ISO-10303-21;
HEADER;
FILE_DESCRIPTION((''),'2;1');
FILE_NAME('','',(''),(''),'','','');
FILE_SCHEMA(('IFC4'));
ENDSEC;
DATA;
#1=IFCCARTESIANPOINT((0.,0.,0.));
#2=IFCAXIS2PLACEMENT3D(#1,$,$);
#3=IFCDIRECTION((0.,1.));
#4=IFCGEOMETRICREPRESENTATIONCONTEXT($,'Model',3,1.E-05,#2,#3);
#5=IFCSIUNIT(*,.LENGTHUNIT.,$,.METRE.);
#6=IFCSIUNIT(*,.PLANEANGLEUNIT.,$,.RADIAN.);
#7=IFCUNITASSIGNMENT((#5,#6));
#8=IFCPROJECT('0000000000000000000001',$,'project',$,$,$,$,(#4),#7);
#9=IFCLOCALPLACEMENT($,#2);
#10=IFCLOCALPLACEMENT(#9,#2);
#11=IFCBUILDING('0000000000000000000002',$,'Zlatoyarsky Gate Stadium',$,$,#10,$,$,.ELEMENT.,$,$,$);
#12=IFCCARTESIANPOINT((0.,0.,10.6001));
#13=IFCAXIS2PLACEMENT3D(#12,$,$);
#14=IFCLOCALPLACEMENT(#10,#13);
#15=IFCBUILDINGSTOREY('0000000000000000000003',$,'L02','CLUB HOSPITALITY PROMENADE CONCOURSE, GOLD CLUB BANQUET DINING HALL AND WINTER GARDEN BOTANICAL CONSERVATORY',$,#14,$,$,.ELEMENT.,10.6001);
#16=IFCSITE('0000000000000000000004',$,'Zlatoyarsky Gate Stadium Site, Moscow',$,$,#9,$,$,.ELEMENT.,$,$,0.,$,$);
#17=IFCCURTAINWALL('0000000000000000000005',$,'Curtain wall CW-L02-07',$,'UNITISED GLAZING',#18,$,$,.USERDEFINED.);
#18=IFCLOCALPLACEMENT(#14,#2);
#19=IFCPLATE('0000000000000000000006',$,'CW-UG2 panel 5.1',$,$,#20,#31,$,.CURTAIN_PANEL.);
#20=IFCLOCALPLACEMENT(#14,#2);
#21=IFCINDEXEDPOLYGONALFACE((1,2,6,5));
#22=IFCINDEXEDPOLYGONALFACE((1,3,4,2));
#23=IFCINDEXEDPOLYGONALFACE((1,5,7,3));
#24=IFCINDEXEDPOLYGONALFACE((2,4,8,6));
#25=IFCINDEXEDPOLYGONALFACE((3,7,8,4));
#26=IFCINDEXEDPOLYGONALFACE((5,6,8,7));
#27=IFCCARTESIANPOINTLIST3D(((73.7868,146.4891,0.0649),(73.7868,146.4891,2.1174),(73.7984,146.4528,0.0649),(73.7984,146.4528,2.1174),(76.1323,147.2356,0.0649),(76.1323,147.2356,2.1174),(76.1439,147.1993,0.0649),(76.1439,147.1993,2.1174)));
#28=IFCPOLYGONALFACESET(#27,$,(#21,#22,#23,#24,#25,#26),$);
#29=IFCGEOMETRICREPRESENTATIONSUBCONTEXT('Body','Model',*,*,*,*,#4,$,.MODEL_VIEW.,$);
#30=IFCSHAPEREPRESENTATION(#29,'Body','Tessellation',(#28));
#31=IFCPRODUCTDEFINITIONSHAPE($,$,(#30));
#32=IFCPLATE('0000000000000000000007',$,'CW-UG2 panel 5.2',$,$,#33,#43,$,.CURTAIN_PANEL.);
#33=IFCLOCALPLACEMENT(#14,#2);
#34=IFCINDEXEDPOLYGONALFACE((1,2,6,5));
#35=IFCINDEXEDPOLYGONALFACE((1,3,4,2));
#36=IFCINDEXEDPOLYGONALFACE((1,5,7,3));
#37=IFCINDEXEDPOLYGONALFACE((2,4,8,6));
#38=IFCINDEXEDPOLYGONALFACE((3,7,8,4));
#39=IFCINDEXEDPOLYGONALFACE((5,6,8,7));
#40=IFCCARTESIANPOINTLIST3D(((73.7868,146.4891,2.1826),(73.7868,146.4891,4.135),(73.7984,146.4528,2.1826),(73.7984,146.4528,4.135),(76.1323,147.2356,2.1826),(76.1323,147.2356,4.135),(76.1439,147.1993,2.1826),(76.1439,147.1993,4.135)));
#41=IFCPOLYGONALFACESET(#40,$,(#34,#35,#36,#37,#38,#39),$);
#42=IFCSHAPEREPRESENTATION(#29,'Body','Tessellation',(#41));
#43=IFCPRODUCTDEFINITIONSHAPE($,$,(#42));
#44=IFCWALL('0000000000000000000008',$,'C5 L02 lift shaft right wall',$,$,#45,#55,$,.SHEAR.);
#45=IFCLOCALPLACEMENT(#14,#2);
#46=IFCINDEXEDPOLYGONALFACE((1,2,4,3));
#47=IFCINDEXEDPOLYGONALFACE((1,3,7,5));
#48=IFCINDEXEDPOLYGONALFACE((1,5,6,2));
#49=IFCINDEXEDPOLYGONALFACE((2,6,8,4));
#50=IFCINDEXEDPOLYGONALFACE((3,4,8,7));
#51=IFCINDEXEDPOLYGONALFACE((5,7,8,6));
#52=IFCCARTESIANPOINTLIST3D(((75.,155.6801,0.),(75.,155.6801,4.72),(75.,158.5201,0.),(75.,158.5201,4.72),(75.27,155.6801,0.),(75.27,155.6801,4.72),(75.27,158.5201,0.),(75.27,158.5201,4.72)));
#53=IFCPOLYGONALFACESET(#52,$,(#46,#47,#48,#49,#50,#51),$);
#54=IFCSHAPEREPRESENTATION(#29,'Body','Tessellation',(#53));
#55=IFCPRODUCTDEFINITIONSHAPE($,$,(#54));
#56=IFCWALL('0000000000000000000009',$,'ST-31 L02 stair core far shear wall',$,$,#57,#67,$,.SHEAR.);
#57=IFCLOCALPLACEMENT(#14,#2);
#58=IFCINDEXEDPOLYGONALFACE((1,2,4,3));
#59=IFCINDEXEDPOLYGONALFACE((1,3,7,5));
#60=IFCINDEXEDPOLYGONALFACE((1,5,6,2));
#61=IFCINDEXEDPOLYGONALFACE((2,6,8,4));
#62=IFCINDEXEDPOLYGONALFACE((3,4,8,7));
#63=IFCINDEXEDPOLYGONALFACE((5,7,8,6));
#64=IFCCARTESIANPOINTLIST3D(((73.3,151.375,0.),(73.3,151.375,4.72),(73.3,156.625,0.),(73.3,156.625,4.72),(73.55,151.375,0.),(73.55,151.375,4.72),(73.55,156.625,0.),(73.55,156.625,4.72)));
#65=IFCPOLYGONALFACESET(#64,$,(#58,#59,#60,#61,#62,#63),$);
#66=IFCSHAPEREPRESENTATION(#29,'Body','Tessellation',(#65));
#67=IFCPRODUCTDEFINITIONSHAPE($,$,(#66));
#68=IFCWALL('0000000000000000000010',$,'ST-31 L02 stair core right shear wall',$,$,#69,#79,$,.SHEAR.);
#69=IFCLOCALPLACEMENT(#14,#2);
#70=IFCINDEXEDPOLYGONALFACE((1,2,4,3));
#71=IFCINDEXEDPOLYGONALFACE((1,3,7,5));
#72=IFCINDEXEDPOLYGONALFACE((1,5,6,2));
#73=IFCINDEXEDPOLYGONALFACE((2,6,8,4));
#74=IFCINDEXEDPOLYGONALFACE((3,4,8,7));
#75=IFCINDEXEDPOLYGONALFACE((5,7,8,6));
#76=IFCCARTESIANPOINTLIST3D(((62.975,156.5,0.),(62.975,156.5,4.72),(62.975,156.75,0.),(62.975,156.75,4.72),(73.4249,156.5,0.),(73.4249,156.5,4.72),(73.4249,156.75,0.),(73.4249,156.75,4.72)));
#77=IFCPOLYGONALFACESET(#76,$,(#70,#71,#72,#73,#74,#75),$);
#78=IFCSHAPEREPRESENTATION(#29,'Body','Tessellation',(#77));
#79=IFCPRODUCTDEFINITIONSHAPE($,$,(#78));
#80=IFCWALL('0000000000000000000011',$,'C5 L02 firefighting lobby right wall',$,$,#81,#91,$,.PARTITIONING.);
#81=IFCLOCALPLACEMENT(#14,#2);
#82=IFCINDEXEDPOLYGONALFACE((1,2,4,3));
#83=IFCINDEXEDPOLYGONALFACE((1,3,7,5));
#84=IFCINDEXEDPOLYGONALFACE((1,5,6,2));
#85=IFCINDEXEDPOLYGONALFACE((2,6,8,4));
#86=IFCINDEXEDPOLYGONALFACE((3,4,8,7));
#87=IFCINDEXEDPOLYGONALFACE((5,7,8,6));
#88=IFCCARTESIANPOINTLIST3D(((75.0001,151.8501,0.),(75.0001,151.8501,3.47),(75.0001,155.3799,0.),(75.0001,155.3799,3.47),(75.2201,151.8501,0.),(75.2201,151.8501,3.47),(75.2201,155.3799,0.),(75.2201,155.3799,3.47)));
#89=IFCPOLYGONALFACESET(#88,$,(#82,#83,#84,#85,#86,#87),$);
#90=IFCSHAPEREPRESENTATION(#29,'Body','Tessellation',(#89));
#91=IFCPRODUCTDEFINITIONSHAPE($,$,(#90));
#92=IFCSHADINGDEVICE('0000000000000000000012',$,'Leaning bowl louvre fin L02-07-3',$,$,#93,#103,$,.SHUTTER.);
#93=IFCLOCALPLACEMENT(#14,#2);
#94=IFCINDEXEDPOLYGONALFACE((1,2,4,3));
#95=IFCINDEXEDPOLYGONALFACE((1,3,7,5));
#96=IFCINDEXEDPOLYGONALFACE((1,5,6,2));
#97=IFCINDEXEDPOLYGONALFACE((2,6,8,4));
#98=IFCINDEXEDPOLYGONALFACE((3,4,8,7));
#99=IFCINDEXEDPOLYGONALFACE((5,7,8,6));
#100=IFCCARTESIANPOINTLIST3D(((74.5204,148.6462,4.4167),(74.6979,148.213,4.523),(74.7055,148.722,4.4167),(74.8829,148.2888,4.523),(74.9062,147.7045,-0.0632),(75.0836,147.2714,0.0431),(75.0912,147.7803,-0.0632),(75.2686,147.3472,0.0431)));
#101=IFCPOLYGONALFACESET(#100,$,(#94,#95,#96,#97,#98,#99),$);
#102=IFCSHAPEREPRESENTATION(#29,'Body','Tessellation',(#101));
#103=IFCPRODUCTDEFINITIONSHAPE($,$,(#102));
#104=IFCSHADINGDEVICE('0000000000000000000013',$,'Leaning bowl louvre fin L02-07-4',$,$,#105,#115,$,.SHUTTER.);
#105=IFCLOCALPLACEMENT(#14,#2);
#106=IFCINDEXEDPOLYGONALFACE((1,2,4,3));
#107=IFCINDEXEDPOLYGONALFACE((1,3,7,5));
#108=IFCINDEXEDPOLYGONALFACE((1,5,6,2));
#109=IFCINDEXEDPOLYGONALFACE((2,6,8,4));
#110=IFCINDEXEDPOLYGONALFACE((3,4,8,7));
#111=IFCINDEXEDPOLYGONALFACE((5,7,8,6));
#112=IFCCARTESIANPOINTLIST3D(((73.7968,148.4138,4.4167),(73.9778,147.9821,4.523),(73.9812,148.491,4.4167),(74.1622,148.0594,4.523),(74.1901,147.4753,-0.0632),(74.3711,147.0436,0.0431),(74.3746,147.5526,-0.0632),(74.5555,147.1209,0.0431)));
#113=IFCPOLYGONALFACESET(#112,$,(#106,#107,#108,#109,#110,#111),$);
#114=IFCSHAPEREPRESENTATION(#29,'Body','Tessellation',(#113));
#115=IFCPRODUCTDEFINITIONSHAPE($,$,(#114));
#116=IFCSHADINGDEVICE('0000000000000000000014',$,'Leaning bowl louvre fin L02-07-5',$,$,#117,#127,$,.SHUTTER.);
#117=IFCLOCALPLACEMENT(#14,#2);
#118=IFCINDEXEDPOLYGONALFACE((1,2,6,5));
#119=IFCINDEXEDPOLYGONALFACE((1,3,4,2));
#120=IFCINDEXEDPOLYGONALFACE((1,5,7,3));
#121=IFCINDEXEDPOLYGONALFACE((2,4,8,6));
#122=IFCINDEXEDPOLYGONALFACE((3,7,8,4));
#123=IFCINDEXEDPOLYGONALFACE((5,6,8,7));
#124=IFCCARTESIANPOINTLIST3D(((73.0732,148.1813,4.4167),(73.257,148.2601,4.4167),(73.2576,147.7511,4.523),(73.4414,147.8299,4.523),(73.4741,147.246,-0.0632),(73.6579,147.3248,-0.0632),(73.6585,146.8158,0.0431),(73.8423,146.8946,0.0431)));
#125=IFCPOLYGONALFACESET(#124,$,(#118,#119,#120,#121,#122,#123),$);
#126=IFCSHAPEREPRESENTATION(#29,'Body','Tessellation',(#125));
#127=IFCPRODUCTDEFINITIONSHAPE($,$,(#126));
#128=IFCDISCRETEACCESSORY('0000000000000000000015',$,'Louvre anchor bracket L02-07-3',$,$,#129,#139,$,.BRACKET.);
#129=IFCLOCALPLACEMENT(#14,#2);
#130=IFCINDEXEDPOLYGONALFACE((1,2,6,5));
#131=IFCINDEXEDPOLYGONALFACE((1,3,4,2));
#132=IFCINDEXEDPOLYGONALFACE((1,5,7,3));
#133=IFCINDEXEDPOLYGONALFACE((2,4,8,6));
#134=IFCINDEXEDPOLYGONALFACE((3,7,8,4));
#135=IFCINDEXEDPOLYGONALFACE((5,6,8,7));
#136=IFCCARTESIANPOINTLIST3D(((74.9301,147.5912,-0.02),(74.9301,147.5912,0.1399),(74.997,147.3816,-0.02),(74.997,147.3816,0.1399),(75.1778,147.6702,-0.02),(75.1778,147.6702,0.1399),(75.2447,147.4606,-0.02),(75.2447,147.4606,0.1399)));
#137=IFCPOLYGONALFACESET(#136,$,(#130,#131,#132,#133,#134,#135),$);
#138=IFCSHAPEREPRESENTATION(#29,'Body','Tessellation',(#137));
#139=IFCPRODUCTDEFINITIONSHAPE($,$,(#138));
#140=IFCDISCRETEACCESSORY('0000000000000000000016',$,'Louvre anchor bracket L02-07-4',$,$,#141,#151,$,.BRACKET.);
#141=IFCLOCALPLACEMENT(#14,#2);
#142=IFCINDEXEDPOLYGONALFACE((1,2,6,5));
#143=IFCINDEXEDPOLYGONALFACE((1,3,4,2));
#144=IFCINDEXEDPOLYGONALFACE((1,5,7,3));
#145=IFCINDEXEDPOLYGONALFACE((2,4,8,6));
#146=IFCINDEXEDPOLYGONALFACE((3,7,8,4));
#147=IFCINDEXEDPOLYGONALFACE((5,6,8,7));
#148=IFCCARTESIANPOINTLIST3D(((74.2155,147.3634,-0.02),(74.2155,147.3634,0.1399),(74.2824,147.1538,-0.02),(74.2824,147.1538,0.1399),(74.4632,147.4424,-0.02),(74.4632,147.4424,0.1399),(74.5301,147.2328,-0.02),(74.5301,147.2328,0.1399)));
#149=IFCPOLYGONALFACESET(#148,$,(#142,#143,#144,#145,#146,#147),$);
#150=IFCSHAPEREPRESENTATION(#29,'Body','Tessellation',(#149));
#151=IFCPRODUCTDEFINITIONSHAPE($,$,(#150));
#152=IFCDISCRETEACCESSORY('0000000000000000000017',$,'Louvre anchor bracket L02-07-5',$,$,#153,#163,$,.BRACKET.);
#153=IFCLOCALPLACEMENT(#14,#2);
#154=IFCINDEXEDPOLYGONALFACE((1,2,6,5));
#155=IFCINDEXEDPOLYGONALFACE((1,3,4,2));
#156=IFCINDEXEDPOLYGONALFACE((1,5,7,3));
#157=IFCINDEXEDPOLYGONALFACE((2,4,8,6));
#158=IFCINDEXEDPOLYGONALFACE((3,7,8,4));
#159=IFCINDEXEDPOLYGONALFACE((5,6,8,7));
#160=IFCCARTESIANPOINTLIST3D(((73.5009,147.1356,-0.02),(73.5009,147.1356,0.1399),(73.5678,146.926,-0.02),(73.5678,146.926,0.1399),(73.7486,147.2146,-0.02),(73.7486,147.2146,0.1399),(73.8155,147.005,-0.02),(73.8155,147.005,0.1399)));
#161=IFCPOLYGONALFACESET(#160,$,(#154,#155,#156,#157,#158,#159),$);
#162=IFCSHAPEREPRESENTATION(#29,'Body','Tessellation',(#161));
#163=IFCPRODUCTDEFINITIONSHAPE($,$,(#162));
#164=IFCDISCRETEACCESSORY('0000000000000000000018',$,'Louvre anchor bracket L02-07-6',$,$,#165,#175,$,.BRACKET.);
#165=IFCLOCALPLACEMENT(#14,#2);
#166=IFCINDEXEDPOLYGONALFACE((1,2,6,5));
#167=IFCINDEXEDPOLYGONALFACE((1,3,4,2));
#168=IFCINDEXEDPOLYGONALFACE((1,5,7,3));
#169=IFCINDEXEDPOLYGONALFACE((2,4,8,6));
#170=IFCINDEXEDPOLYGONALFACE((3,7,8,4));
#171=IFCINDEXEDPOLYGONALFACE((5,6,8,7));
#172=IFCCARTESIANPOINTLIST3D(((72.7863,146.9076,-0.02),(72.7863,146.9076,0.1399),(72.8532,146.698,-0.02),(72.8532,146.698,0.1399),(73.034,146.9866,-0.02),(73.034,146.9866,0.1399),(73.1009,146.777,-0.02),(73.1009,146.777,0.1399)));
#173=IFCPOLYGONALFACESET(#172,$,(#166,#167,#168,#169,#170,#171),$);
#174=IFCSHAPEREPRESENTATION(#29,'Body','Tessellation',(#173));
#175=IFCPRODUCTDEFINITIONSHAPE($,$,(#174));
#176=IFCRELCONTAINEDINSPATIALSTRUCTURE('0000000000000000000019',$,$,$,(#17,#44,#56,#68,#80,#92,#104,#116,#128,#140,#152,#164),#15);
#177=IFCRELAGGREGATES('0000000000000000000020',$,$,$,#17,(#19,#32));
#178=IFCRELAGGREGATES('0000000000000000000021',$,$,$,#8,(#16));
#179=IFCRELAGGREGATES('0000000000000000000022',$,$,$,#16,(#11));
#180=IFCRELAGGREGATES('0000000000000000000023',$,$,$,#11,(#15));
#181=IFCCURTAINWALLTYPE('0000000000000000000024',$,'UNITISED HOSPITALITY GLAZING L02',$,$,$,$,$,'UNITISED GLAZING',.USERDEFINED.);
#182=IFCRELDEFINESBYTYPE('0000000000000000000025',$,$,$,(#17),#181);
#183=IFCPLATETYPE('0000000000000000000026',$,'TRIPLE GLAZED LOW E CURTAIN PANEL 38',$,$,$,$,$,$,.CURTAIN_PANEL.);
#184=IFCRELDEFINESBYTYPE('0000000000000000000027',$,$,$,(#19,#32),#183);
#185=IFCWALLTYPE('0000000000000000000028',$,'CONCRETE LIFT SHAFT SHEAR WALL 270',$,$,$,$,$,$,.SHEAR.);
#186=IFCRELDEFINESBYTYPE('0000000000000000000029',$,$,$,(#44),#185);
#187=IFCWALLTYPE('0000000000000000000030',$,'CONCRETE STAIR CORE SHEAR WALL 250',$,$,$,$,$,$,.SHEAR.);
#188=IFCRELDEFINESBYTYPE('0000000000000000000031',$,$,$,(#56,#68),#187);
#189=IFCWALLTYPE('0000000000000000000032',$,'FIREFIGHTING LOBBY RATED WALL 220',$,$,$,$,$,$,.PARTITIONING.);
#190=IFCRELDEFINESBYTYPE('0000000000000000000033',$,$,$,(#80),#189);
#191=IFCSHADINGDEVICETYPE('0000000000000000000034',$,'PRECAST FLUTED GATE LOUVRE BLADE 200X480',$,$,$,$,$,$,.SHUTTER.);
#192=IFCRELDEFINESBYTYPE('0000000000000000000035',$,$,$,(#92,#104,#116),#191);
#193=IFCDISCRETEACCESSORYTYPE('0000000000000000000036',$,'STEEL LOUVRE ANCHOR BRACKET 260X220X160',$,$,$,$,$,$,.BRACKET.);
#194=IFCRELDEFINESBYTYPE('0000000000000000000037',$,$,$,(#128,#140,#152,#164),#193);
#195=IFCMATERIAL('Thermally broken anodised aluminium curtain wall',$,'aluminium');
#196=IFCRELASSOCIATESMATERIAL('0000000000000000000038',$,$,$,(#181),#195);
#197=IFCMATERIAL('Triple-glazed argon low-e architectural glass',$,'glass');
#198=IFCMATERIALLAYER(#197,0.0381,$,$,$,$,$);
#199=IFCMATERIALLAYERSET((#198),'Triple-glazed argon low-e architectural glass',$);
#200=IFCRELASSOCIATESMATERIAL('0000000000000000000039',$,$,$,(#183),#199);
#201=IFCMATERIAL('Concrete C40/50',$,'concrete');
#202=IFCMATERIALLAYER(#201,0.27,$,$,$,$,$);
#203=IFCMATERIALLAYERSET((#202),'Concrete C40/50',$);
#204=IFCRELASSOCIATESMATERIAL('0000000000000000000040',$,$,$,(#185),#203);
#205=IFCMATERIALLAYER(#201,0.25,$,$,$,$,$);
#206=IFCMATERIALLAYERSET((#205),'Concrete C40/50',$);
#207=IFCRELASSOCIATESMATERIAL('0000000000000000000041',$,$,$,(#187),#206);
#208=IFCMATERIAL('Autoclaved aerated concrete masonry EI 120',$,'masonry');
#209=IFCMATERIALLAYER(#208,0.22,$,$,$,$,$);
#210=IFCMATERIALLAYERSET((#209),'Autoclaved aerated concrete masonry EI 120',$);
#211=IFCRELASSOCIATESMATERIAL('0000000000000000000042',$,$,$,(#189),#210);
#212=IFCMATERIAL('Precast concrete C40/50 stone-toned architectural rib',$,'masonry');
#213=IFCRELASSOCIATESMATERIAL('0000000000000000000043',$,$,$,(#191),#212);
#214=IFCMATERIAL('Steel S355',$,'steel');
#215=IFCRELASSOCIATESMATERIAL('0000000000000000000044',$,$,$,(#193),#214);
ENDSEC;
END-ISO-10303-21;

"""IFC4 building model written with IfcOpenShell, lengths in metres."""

from ifc_helpers import new_model, si_unit, direction, frame, frame_2d, origin, origin_2d, place, context, subcontext, project, spatial, rectangle, extrude, material, layer, layer_set, material_profile, profile_set, type_object, element, aggregate, save


model = new_model("IFC4")

# Units and contexts
model_context = context("Model", 3, precision=1e-05, world=origin(), true_north=direction((0.0, 1.0)))
body_context = subcontext(model_context, "Body", "Model", "MODEL_VIEW")
ifc_project = project(units=[si_unit("LENGTHUNIT", "METRE"), si_unit("PLANEANGLEUNIT", "RADIAN")], contexts=[model_context])

# Site, building, storey
site_placement = place(None, origin())
site = spatial("IfcSite", under=ifc_project, at=site_placement, Name="Zlatoyarsky Gate Stadium Site, Moscow", CompositionType="ELEMENT", RefElevation=0.0)
building_placement = place(site_placement, origin())
building = spatial("IfcBuilding", under=site, at=building_placement, Name="Zlatoyarsky Gate Stadium", CompositionType="ELEMENT")
storey_placement = place(building_placement, frame((0.0, 0.0, 10.6001)))
storey = spatial("IfcBuildingStorey", under=building, at=storey_placement, Name="L02", Description="CLUB HOSPITALITY PROMENADE CONCOURSE, GOLD CLUB BANQUET DINING HALL AND WINTER GARDEN BOTANICAL CONSERVATORY", CompositionType="ELEMENT", Elevation=10.6001)

# Shared definitions
ifc_material_1 = material(Name="Steel S355", Category="steel")

# Curtain wall
ifc_material_2 = material(Name="Thermally broken anodised aluminium curtain wall", Category="aluminium")
curtain_wall_type_1 = type_object("IfcCurtainWallType", Name="UNITISED HOSPITALITY GLAZING L02", ElementType="UNITISED GLAZING", PredefinedType="USERDEFINED", material=ifc_material_2)
curtain_wall_1_placement = place(storey_placement, origin())
curtain_wall_1 = element("IfcCurtainWall", 1, at=curtain_wall_1_placement, inside=storey, type_object=curtain_wall_type_1, Name="Curtain wall CW-L02-07", ObjectType="UNITISED GLAZING", PredefinedType="USERDEFINED")

# Plates
ifc_material_3 = material(Name="Triple-glazed argon low-e architectural glass", Category="glass")
ifc_layer_1 = layer(ifc_material_3, 0.0381)
ifc_layer_set_1 = layer_set([ifc_layer_1], Name="Triple-glazed argon low-e architectural glass")
plate_type_1 = type_object("IfcPlateType", Name="TRIPLE GLAZED LOW E CURTAIN PANEL 38", PredefinedType="CURTAIN_PANEL", material=ifc_layer_set_1)
plate_1_placement = place(storey_placement, frame((74.9653, 146.8442, 0.0649), z_axis=(0.0, 0.0, 1.0), x_axis=(-0.952902, -0.303279, 0.0)))
plate_1 = element("IfcPlate", 2, at=plate_1_placement, type_object=plate_type_1, Name="CW-UG2 panel 5.1", PredefinedType="CURTAIN_PANEL", context=body_context, shape_type="SweptSolid", body=[
    extrude(rectangle(XDim=2.4614, YDim=0.0381, at=origin_2d()), origin(), (0.0, 0.0, 1.0), 2.0525),
])
plate_2_placement = place(storey_placement, frame((74.9653, 146.8442, 2.1826), z_axis=(0.0, 0.0, 1.0), x_axis=(-0.952902, -0.303279, 0.0)))
plate_2 = element("IfcPlate", 3, at=plate_2_placement, type_object=plate_type_1, Name="CW-UG2 panel 5.2", PredefinedType="CURTAIN_PANEL", context=body_context, shape_type="SweptSolid", body=[
    extrude(rectangle(XDim=2.4614, YDim=0.0381, at=origin_2d()), origin(), (0.0, 0.0, 1.0), 1.9524),
])
aggregate(curtain_wall_1, [plate_1, plate_2])

# Walls
ifc_material_4 = material(Name="Concrete C40/50", Category="concrete")
ifc_layer_2 = layer(ifc_material_4, 0.27)
ifc_layer_set_2 = layer_set([ifc_layer_2], Name="Concrete C40/50")
wall_type_1 = type_object("IfcWallType", Name="CONCRETE LIFT SHAFT SHEAR WALL 270", PredefinedType="SHEAR", material=ifc_layer_set_2)
wall_1_placement = place(storey_placement, frame((75.135, 158.52, 0.0), z_axis=(0.0, 0.0, 1.0), x_axis=(0.0, -1.0, 0.0)))
element("IfcWall", 4, at=wall_1_placement, inside=storey, type_object=wall_type_1, Name="C5 L02 lift shaft right wall", PredefinedType="SHEAR", context=body_context, shape_type="SweptSolid", body=[
    extrude(rectangle(XDim=2.8401, YDim=0.27, at=frame_2d((1.4199, 0.0))), origin(), (0.0, 0.0, 1.0), 4.72),
])
ifc_layer_3 = layer(ifc_material_4, 0.25)
ifc_layer_set_3 = layer_set([ifc_layer_3], Name="Concrete C40/50")
wall_type_2 = type_object("IfcWallType", Name="CONCRETE STAIR CORE SHEAR WALL 250", PredefinedType="SHEAR", material=ifc_layer_set_3)
wall_2_placement = place(storey_placement, frame((73.425, 151.375, 0.0), z_axis=(0.0, 0.0, 1.0), x_axis=(0.0, 1.0, 0.0)))
element("IfcWall", 5, at=wall_2_placement, inside=storey, type_object=wall_type_2, Name="ST-31 L02 stair core far shear wall", PredefinedType="SHEAR", context=body_context, shape_type="SweptSolid", body=[
    extrude(rectangle(XDim=5.25, YDim=0.25, at=frame_2d((2.625, 0.0))), origin(), (0.0, 0.0, 1.0), 4.72),
])
wall_3_placement = place(storey_placement, frame((73.425, 156.625, 0.0), z_axis=(0.0, 0.0, 1.0), x_axis=(-1.0, 0.0, 0.0)))
element("IfcWall", 6, at=wall_3_placement, inside=storey, type_object=wall_type_2, Name="ST-31 L02 stair core right shear wall", PredefinedType="SHEAR", context=body_context, shape_type="SweptSolid", body=[
    extrude(rectangle(XDim=10.45, YDim=0.25, at=frame_2d((5.2251, 0.0))), origin(), (0.0, 0.0, 1.0), 4.72),
])
ifc_material_5 = material(Name="Autoclaved aerated concrete masonry EI 120", Category="masonry")
ifc_layer_4 = layer(ifc_material_5, 0.22)
ifc_layer_set_4 = layer_set([ifc_layer_4], Name="Autoclaved aerated concrete masonry EI 120")
wall_type_3 = type_object("IfcWallType", Name="FIREFIGHTING LOBBY RATED WALL 220", PredefinedType="PARTITIONING", material=ifc_layer_set_4)
wall_4_placement = place(storey_placement, frame((75.1101, 155.3799, 0.0), z_axis=(0.0, 0.0, 1.0), x_axis=(0.0, -1.0, 0.0)))
element("IfcWall", 7, at=wall_4_placement, inside=storey, type_object=wall_type_3, Name="C5 L02 firefighting lobby right wall", PredefinedType="PARTITIONING", context=body_context, shape_type="SweptSolid", body=[
    extrude(rectangle(XDim=3.5298, YDim=0.22, at=frame_2d((1.7649, 0.0))), origin(), (0.0, 0.0, 1.0), 3.47),
])

# Shading devices
ifc_material_6 = material(Name="Precast concrete C40/50 stone-toned architectural rib", Category="masonry")
ifc_material_profile_1 = material_profile(ifc_material_6, rectangle(XDim=0.2, YDim=0.48, at=origin_2d()), Name="RIB 200X480")
ifc_profile_set_1 = profile_set([ifc_material_profile_1], Name="Precast concrete C40/50 stone-toned architectural rib")
shading_device_type = type_object("IfcShadingDeviceType", Name="PRECAST FLUTED GATE LOUVRE BLADE 200X480", PredefinedType="SHUTTER", material=ifc_profile_set_1)
for number, where, z_axis, x_axis, name in (
    (8, (75.0874, 147.5259, -0.01), (-0.083965, 0.20497, 0.97516), (-0.925367, -0.379072, 0.0), "Leaning bowl louvre fin L02-07-3"),
    (9, (74.3728, 147.2981, -0.01), (-0.085612, 0.204279, 0.975162), (-0.92228, -0.386523, 0.0), "Leaning bowl louvre fin L02-07-4"),
    (10, (73.6582, 147.0703, -0.01), (-0.08726, 0.203588, 0.97516), (-0.919133, -0.393948, 0.0), "Leaning bowl louvre fin L02-07-5"),
):
    element("IfcShadingDevice", number, at=place(storey_placement, frame(where, z_axis=z_axis, x_axis=x_axis)), inside=storey, type_object=shading_device_type, Name=name, PredefinedType="SHUTTER", context=body_context, shape_type="SweptSolid", body=[
        extrude(rectangle(XDim=0.2, YDim=0.48, at=origin_2d()), origin(), (0.0, 0.0, 1.0), 4.594),
    ])

# Discrete accessories
discrete_accessory_type = type_object("IfcDiscreteAccessoryType", Name="STEEL LOUVRE ANCHOR BRACKET 260X220X160", PredefinedType="BRACKET", material=ifc_material_1)
for number, where, z_axis, x_axis, name in (
    (11, (75.0874, 147.5259, -0.02), (0.0, 0.0, 1.0), (-0.952731, -0.303816, 0.0), "Louvre anchor bracket L02-07-3"),
    (12, (74.3728, 147.2981, -0.02), (0.0, 0.0, 1.0), (-0.952731, -0.303816, 0.0), "Louvre anchor bracket L02-07-4"),
    (13, (73.6582, 147.0703, -0.02), (0.0, 0.0, 1.0), (-0.952731, -0.303816, 0.0), "Louvre anchor bracket L02-07-5"),
    (14, (72.9436, 146.8423, -0.02), (0.0, 0.0, 1.0), (-0.952731, -0.303816, 0.0), "Louvre anchor bracket L02-07-6"),
):
    element("IfcDiscreteAccessory", number, at=place(storey_placement, frame(where, z_axis=z_axis, x_axis=x_axis)), inside=storey, type_object=discrete_accessory_type, Name=name, PredefinedType="BRACKET", context=body_context, shape_type="SweptSolid", body=[
        extrude(rectangle(XDim=0.26, YDim=0.22, at=origin_2d()), origin(), (0.0, 0.0, 1.0), 0.1599),
    ])

save(model, "model.ifc")
